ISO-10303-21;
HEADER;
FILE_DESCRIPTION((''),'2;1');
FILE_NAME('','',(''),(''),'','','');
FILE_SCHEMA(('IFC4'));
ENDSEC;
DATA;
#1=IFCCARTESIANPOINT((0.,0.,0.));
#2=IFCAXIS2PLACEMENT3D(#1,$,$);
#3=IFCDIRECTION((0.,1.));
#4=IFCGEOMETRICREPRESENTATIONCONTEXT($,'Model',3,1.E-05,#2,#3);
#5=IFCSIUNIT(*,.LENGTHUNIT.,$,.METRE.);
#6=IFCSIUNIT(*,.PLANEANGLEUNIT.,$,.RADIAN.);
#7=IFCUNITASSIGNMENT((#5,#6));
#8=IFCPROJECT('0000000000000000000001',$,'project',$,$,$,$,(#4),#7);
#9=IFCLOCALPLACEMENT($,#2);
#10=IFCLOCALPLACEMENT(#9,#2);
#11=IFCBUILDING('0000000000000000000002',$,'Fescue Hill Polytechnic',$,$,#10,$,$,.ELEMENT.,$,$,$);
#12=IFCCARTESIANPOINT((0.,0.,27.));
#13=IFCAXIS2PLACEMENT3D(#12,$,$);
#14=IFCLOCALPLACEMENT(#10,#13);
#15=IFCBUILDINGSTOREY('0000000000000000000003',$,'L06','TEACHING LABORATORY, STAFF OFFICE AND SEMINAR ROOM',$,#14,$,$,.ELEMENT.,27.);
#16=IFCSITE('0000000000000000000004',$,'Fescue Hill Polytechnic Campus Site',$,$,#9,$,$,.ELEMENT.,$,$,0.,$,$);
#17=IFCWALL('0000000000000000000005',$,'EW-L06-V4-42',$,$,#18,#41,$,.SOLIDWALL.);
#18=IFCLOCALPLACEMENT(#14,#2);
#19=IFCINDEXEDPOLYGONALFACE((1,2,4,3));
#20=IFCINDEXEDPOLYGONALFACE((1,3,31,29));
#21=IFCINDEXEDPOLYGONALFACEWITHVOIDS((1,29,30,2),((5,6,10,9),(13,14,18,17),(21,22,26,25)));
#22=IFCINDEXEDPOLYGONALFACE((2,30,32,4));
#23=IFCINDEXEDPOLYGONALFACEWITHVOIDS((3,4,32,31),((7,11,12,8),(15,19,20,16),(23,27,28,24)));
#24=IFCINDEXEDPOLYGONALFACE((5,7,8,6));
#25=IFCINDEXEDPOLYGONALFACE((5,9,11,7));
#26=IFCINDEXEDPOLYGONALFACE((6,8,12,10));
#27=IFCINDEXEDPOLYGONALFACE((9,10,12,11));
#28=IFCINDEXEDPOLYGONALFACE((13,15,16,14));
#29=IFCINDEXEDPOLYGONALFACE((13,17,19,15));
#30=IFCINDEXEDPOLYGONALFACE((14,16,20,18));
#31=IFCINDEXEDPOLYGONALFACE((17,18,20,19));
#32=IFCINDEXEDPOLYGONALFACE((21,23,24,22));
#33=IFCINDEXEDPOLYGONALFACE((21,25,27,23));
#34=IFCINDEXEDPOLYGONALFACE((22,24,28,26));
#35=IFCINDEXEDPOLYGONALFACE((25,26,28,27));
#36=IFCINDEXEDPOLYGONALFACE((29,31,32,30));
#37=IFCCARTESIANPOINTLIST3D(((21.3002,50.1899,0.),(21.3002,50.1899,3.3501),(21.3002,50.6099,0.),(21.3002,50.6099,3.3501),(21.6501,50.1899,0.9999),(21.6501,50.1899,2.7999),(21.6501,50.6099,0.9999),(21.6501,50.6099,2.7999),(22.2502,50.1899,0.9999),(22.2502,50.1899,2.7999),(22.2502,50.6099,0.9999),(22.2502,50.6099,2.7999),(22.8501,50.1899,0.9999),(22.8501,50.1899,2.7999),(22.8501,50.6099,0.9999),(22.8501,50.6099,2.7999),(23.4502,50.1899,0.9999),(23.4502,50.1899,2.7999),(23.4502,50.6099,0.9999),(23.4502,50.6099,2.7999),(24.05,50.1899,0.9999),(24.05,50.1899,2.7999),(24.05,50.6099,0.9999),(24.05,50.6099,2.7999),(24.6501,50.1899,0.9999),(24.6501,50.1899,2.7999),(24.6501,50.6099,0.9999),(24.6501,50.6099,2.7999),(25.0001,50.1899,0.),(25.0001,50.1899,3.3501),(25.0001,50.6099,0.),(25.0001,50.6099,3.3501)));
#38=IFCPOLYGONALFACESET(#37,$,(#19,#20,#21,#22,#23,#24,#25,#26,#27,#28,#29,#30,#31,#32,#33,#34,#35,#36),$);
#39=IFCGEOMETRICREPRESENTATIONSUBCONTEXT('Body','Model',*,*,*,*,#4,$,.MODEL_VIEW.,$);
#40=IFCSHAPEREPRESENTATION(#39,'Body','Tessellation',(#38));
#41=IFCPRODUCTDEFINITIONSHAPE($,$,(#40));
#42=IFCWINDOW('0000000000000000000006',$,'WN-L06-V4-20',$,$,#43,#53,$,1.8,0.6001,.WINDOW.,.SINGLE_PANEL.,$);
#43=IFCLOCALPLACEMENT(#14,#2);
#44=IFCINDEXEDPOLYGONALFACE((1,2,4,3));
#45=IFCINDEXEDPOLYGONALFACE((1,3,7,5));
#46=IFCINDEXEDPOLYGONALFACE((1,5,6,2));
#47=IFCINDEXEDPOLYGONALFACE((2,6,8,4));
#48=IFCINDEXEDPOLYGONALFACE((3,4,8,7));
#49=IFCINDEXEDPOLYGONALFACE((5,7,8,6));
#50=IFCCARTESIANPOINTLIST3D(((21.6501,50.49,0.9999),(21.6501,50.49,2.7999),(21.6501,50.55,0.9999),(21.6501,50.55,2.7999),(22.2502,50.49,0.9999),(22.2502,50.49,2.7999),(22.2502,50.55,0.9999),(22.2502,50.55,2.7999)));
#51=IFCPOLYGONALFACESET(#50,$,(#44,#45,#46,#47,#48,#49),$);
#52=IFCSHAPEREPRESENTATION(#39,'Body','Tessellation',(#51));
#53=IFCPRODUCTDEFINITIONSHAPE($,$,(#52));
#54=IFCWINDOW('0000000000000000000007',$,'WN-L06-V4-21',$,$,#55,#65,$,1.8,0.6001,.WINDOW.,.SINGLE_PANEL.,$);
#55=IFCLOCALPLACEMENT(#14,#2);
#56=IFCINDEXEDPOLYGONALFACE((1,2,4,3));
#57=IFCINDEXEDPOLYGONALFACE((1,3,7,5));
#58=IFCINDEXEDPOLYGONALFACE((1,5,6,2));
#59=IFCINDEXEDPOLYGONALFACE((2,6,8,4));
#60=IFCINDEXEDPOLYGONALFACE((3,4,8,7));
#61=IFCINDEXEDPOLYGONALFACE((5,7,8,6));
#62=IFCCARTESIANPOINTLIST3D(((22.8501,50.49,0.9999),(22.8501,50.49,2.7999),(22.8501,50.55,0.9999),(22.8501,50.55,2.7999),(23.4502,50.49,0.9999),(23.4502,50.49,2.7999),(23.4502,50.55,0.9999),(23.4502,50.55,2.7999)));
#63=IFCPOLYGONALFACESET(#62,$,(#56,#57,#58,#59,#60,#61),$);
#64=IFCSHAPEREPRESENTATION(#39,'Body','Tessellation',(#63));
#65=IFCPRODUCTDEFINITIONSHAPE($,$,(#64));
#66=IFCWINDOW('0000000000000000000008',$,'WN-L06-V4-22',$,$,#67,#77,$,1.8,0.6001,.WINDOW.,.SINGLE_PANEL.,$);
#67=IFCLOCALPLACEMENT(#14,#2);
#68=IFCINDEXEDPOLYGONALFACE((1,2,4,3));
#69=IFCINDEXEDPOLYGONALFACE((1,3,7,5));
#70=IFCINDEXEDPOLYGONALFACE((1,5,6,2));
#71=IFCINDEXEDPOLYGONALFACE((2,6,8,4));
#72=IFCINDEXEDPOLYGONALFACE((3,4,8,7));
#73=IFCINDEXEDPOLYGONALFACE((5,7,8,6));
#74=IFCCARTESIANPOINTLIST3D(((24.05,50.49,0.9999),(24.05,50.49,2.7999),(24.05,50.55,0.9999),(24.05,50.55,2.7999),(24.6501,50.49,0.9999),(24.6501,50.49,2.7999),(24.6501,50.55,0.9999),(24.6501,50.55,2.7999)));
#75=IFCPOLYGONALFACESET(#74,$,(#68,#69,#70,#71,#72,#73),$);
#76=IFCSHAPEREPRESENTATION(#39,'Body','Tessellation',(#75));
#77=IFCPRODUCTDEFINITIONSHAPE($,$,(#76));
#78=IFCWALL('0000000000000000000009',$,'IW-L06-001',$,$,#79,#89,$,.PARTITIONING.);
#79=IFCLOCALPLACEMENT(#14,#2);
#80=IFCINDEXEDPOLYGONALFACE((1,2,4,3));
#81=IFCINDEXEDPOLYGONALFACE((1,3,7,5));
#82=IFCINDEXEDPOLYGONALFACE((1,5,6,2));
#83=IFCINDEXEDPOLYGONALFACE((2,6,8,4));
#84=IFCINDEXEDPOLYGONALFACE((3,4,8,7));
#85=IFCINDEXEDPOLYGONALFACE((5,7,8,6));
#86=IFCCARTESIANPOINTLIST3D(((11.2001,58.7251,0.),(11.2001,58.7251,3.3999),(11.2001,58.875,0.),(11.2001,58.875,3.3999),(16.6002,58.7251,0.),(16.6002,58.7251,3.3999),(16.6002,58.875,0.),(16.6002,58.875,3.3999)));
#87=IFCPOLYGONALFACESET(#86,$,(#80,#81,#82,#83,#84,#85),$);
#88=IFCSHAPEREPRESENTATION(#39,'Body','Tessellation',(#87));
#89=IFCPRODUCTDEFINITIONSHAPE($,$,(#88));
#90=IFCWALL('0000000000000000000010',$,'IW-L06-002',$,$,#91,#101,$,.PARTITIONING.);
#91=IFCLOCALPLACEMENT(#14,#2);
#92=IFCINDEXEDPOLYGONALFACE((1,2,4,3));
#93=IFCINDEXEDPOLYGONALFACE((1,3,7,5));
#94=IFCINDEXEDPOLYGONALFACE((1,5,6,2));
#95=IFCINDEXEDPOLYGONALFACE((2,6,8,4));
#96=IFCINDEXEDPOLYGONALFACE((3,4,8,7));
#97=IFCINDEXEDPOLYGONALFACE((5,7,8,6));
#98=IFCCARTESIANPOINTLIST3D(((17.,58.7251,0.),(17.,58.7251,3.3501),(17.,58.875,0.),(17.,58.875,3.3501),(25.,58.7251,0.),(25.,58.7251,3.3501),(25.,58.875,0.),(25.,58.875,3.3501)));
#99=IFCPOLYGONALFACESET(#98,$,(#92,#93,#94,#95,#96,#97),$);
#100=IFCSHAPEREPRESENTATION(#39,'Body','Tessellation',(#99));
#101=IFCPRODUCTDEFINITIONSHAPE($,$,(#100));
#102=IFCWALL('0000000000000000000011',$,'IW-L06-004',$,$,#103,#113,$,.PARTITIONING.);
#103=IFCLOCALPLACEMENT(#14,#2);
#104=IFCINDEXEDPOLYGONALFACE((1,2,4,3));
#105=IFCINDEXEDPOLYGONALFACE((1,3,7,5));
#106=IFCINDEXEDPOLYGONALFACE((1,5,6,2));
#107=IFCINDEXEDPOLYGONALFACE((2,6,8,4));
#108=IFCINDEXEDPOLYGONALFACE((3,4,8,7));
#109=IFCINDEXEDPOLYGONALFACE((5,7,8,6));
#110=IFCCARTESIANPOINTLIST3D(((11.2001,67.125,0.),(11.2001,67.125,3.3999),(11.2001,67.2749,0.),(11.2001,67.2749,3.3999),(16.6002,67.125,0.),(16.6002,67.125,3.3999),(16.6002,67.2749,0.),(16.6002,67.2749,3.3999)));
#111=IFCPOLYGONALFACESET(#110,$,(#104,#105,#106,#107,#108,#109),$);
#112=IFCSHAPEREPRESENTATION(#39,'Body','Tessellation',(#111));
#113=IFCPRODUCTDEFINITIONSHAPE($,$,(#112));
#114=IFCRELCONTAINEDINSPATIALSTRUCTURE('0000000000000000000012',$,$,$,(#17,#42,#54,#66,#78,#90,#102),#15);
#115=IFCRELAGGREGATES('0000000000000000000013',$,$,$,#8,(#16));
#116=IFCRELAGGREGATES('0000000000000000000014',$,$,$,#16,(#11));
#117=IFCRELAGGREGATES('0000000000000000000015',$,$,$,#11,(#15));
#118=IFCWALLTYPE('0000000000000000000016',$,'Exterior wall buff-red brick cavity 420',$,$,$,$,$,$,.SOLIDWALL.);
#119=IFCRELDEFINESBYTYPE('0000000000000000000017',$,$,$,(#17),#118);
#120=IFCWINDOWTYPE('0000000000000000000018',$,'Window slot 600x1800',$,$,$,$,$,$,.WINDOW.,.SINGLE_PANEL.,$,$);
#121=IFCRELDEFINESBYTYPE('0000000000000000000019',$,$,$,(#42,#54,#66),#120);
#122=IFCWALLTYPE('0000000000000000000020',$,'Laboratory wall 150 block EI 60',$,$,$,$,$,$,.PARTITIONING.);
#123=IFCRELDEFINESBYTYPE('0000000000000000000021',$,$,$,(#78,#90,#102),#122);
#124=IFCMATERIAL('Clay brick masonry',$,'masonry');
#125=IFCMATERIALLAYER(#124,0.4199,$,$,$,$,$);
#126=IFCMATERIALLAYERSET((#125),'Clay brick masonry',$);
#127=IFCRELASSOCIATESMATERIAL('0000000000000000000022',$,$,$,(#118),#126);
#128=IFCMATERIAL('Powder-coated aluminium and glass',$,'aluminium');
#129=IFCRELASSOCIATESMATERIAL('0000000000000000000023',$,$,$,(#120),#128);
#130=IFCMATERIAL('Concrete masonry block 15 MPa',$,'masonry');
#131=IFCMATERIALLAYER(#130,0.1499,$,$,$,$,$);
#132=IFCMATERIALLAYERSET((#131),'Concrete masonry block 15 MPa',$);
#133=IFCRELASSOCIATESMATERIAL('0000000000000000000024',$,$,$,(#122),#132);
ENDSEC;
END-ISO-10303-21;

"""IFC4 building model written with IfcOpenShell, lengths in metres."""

from ifc_helpers import new_model, si_unit, direction, frame, frame_2d, origin, place, context, subcontext, project, spatial, rectangle, extrude, material, layer, layer_set, type_object, element, fill, save


model = new_model("IFC4")

# Units and contexts
model_context = context("Model", 3, precision=1e-05, world=origin(), true_north=direction((0.0, 1.0)))
body_context = subcontext(model_context, "Body", "Model", "MODEL_VIEW")
ifc_project = project(units=[si_unit("LENGTHUNIT", "METRE"), si_unit("PLANEANGLEUNIT", "RADIAN")], contexts=[model_context])

# Site, building, storey
site_placement = place(None, origin())
site = spatial("IfcSite", under=ifc_project, at=site_placement, Name="Fescue Hill Polytechnic Campus Site", CompositionType="ELEMENT", RefElevation=0.0)
building_placement = place(site_placement, origin())
building = spatial("IfcBuilding", under=site, at=building_placement, Name="Fescue Hill Polytechnic", CompositionType="ELEMENT")
storey_placement = place(building_placement, frame((0.0, 0.0, 27.0)))
storey = spatial("IfcBuildingStorey", under=building, at=storey_placement, Name="L06", Description="TEACHING LABORATORY, STAFF OFFICE AND SEMINAR ROOM", CompositionType="ELEMENT", Elevation=27.0)

# Shared definitions
ifc_material_1 = material(Name="Clay brick masonry", Category="masonry")

# Wall, openings, windows
ifc_layer_1 = layer(ifc_material_1, 0.4199)
ifc_layer_set_1 = layer_set([ifc_layer_1], Name="Clay brick masonry")
wall_type_1 = type_object("IfcWallType", Name="Exterior wall buff-red brick cavity 420", PredefinedType="SOLIDWALL", material=ifc_layer_set_1)
ifc_material_2 = material(Name="Powder-coated aluminium and glass", Category="aluminium")
window_type = type_object("IfcWindowType", Name="Window slot 600x1800", PartitioningType="SINGLE_PANEL", PredefinedType="WINDOW", material=ifc_material_2)
wall_1_placement = place(storey_placement, frame((21.3, 50.3999, 0.0), z_axis=(0.0, 0.0, 1.0), x_axis=(1.0, 0.0, 0.0)))
wall_1 = element("IfcWall", 1, at=wall_1_placement, inside=storey, type_object=wall_type_1, Name="EW-L06-V4-42", PredefinedType="SOLIDWALL", context=body_context, shape_type="SweptSolid", body=[
    extrude(rectangle(XDim=3.7, YDim=0.4199, at=frame_2d((1.8501, 0.0))), origin(), (0.0, 0.0, 1.0), 3.3501),
])
opening_1_placement = place(wall_1_placement, frame((0.3501, 0.0, 1.0)))
opening_1 = element("IfcOpeningElement", 2, at=opening_1_placement, cuts=wall_1, PredefinedType="OPENING", context=body_context, shape_type="SweptSolid", body=[
    extrude(rectangle(XDim=0.6001, YDim=1.8, at=frame_2d((0.3, 0.8999))), frame((0.0, 0.22, 0.0), z_axis=(0.0, -1.0, 0.0), x_axis=(1.0, 0.0, 0.0)), (0.0, 0.0, 1.0), 0.4399),
])
opening_2_placement = place(wall_1_placement, frame((1.55, 0.0, 1.0)))
opening_2 = element("IfcOpeningElement", 3, at=opening_2_placement, cuts=wall_1, PredefinedType="OPENING", context=body_context, shape_type="SweptSolid", body=[
    extrude(rectangle(XDim=0.6001, YDim=1.8, at=frame_2d((0.3, 0.8999))), frame((0.0, 0.22, 0.0), z_axis=(0.0, -1.0, 0.0), x_axis=(1.0, 0.0, 0.0)), (0.0, 0.0, 1.0), 0.4399),
])
opening_3_placement = place(wall_1_placement, frame((2.75, 0.0, 1.0)))
opening_3 = element("IfcOpeningElement", 4, at=opening_3_placement, cuts=wall_1, PredefinedType="OPENING", context=body_context, shape_type="SweptSolid", body=[
    extrude(rectangle(XDim=0.6001, YDim=1.8, at=frame_2d((0.3, 0.8999))), frame((0.0, 0.22, 0.0), z_axis=(0.0, -1.0, 0.0), x_axis=(1.0, 0.0, 0.0)), (0.0, 0.0, 1.0), 0.4399),
])
window_1_placement = place(opening_1_placement, origin())
window_1 = element("IfcWindow", 5, at=window_1_placement, inside=storey, type_object=window_type, Name="WN-L06-V4-20", OverallHeight=1.8, OverallWidth=0.6001, PartitioningType="SINGLE_PANEL", PredefinedType="WINDOW", context=body_context, shape_type="SweptSolid", body=[
    extrude(rectangle(XDim=0.6001, YDim=1.8, at=frame_2d((0.3, 0.8999))), frame((0.0, 0.1501, 0.0), z_axis=(0.0, -1.0, 0.0), x_axis=(1.0, 0.0, 0.0)), (0.0, 0.0, 1.0), 0.0601),
])
fill(opening_1, window_1)
window_2_placement = place(opening_2_placement, origin())
window_2 = element("IfcWindow", 6, at=window_2_placement, inside=storey, type_object=window_type, Name="WN-L06-V4-21", OverallHeight=1.8, OverallWidth=0.6001, PartitioningType="SINGLE_PANEL", PredefinedType="WINDOW", context=body_context, shape_type="SweptSolid", body=[
    extrude(rectangle(XDim=0.6001, YDim=1.8, at=frame_2d((0.3, 0.8999))), frame((0.0, 0.1501, 0.0), z_axis=(0.0, -1.0, 0.0), x_axis=(1.0, 0.0, 0.0)), (0.0, 0.0, 1.0), 0.0601),
])
fill(opening_2, window_2)
window_3_placement = place(opening_3_placement, origin())
window_3 = element("IfcWindow", 7, at=window_3_placement, inside=storey, type_object=window_type, Name="WN-L06-V4-22", OverallHeight=1.8, OverallWidth=0.6001, PartitioningType="SINGLE_PANEL", PredefinedType="WINDOW", context=body_context, shape_type="SweptSolid", body=[
    extrude(rectangle(XDim=0.6001, YDim=1.8, at=frame_2d((0.3, 0.8999))), frame((0.0, 0.1501, 0.0), z_axis=(0.0, -1.0, 0.0), x_axis=(1.0, 0.0, 0.0)), (0.0, 0.0, 1.0), 0.0601),
])
fill(opening_3, window_3)

# Walls
ifc_material_3 = material(Name="Concrete masonry block 15 MPa", Category="masonry")
ifc_layer_2 = layer(ifc_material_3, 0.1499)
ifc_layer_set_2 = layer_set([ifc_layer_2], Name="Concrete masonry block 15 MPa")
wall_type_2 = type_object("IfcWallType", Name="Laboratory wall 150 block EI 60", PredefinedType="PARTITIONING", material=ifc_layer_set_2)
wall_2_placement = place(storey_placement, frame((11.2, 58.8, 0.0), z_axis=(0.0, 0.0, 1.0), x_axis=(1.0, 0.0, 0.0)))
element("IfcWall", 8, at=wall_2_placement, inside=storey, type_object=wall_type_2, Name="IW-L06-001", PredefinedType="PARTITIONING", context=body_context, shape_type="SweptSolid", body=[
    extrude(rectangle(XDim=5.4001, YDim=0.1499, at=frame_2d((2.7002, 0.0))), origin(), (0.0, 0.0, 1.0), 3.3999),
])
wall_3_placement = place(storey_placement, frame((17.0, 58.8, 0.0), z_axis=(0.0, 0.0, 1.0), x_axis=(1.0, 0.0, 0.0)))
element("IfcWall", 9, at=wall_3_placement, inside=storey, type_object=wall_type_2, Name="IW-L06-002", PredefinedType="PARTITIONING", context=body_context, shape_type="SweptSolid", body=[
    extrude(rectangle(XDim=8.0, YDim=0.1499, at=frame_2d((4.0, 0.0))), origin(), (0.0, 0.0, 1.0), 3.3501),
])
wall_4_placement = place(storey_placement, frame((11.2, 67.2, 0.0), z_axis=(0.0, 0.0, 1.0), x_axis=(1.0, 0.0, 0.0)))
element("IfcWall", 10, at=wall_4_placement, inside=storey, type_object=wall_type_2, Name="IW-L06-004", PredefinedType="PARTITIONING", context=body_context, shape_type="SweptSolid", body=[
    extrude(rectangle(XDim=5.4001, YDim=0.1499, at=frame_2d((2.7002, 0.0))), origin(), (0.0, 0.0, 1.0), 3.3999),
])

save(model, "model.ifc")
